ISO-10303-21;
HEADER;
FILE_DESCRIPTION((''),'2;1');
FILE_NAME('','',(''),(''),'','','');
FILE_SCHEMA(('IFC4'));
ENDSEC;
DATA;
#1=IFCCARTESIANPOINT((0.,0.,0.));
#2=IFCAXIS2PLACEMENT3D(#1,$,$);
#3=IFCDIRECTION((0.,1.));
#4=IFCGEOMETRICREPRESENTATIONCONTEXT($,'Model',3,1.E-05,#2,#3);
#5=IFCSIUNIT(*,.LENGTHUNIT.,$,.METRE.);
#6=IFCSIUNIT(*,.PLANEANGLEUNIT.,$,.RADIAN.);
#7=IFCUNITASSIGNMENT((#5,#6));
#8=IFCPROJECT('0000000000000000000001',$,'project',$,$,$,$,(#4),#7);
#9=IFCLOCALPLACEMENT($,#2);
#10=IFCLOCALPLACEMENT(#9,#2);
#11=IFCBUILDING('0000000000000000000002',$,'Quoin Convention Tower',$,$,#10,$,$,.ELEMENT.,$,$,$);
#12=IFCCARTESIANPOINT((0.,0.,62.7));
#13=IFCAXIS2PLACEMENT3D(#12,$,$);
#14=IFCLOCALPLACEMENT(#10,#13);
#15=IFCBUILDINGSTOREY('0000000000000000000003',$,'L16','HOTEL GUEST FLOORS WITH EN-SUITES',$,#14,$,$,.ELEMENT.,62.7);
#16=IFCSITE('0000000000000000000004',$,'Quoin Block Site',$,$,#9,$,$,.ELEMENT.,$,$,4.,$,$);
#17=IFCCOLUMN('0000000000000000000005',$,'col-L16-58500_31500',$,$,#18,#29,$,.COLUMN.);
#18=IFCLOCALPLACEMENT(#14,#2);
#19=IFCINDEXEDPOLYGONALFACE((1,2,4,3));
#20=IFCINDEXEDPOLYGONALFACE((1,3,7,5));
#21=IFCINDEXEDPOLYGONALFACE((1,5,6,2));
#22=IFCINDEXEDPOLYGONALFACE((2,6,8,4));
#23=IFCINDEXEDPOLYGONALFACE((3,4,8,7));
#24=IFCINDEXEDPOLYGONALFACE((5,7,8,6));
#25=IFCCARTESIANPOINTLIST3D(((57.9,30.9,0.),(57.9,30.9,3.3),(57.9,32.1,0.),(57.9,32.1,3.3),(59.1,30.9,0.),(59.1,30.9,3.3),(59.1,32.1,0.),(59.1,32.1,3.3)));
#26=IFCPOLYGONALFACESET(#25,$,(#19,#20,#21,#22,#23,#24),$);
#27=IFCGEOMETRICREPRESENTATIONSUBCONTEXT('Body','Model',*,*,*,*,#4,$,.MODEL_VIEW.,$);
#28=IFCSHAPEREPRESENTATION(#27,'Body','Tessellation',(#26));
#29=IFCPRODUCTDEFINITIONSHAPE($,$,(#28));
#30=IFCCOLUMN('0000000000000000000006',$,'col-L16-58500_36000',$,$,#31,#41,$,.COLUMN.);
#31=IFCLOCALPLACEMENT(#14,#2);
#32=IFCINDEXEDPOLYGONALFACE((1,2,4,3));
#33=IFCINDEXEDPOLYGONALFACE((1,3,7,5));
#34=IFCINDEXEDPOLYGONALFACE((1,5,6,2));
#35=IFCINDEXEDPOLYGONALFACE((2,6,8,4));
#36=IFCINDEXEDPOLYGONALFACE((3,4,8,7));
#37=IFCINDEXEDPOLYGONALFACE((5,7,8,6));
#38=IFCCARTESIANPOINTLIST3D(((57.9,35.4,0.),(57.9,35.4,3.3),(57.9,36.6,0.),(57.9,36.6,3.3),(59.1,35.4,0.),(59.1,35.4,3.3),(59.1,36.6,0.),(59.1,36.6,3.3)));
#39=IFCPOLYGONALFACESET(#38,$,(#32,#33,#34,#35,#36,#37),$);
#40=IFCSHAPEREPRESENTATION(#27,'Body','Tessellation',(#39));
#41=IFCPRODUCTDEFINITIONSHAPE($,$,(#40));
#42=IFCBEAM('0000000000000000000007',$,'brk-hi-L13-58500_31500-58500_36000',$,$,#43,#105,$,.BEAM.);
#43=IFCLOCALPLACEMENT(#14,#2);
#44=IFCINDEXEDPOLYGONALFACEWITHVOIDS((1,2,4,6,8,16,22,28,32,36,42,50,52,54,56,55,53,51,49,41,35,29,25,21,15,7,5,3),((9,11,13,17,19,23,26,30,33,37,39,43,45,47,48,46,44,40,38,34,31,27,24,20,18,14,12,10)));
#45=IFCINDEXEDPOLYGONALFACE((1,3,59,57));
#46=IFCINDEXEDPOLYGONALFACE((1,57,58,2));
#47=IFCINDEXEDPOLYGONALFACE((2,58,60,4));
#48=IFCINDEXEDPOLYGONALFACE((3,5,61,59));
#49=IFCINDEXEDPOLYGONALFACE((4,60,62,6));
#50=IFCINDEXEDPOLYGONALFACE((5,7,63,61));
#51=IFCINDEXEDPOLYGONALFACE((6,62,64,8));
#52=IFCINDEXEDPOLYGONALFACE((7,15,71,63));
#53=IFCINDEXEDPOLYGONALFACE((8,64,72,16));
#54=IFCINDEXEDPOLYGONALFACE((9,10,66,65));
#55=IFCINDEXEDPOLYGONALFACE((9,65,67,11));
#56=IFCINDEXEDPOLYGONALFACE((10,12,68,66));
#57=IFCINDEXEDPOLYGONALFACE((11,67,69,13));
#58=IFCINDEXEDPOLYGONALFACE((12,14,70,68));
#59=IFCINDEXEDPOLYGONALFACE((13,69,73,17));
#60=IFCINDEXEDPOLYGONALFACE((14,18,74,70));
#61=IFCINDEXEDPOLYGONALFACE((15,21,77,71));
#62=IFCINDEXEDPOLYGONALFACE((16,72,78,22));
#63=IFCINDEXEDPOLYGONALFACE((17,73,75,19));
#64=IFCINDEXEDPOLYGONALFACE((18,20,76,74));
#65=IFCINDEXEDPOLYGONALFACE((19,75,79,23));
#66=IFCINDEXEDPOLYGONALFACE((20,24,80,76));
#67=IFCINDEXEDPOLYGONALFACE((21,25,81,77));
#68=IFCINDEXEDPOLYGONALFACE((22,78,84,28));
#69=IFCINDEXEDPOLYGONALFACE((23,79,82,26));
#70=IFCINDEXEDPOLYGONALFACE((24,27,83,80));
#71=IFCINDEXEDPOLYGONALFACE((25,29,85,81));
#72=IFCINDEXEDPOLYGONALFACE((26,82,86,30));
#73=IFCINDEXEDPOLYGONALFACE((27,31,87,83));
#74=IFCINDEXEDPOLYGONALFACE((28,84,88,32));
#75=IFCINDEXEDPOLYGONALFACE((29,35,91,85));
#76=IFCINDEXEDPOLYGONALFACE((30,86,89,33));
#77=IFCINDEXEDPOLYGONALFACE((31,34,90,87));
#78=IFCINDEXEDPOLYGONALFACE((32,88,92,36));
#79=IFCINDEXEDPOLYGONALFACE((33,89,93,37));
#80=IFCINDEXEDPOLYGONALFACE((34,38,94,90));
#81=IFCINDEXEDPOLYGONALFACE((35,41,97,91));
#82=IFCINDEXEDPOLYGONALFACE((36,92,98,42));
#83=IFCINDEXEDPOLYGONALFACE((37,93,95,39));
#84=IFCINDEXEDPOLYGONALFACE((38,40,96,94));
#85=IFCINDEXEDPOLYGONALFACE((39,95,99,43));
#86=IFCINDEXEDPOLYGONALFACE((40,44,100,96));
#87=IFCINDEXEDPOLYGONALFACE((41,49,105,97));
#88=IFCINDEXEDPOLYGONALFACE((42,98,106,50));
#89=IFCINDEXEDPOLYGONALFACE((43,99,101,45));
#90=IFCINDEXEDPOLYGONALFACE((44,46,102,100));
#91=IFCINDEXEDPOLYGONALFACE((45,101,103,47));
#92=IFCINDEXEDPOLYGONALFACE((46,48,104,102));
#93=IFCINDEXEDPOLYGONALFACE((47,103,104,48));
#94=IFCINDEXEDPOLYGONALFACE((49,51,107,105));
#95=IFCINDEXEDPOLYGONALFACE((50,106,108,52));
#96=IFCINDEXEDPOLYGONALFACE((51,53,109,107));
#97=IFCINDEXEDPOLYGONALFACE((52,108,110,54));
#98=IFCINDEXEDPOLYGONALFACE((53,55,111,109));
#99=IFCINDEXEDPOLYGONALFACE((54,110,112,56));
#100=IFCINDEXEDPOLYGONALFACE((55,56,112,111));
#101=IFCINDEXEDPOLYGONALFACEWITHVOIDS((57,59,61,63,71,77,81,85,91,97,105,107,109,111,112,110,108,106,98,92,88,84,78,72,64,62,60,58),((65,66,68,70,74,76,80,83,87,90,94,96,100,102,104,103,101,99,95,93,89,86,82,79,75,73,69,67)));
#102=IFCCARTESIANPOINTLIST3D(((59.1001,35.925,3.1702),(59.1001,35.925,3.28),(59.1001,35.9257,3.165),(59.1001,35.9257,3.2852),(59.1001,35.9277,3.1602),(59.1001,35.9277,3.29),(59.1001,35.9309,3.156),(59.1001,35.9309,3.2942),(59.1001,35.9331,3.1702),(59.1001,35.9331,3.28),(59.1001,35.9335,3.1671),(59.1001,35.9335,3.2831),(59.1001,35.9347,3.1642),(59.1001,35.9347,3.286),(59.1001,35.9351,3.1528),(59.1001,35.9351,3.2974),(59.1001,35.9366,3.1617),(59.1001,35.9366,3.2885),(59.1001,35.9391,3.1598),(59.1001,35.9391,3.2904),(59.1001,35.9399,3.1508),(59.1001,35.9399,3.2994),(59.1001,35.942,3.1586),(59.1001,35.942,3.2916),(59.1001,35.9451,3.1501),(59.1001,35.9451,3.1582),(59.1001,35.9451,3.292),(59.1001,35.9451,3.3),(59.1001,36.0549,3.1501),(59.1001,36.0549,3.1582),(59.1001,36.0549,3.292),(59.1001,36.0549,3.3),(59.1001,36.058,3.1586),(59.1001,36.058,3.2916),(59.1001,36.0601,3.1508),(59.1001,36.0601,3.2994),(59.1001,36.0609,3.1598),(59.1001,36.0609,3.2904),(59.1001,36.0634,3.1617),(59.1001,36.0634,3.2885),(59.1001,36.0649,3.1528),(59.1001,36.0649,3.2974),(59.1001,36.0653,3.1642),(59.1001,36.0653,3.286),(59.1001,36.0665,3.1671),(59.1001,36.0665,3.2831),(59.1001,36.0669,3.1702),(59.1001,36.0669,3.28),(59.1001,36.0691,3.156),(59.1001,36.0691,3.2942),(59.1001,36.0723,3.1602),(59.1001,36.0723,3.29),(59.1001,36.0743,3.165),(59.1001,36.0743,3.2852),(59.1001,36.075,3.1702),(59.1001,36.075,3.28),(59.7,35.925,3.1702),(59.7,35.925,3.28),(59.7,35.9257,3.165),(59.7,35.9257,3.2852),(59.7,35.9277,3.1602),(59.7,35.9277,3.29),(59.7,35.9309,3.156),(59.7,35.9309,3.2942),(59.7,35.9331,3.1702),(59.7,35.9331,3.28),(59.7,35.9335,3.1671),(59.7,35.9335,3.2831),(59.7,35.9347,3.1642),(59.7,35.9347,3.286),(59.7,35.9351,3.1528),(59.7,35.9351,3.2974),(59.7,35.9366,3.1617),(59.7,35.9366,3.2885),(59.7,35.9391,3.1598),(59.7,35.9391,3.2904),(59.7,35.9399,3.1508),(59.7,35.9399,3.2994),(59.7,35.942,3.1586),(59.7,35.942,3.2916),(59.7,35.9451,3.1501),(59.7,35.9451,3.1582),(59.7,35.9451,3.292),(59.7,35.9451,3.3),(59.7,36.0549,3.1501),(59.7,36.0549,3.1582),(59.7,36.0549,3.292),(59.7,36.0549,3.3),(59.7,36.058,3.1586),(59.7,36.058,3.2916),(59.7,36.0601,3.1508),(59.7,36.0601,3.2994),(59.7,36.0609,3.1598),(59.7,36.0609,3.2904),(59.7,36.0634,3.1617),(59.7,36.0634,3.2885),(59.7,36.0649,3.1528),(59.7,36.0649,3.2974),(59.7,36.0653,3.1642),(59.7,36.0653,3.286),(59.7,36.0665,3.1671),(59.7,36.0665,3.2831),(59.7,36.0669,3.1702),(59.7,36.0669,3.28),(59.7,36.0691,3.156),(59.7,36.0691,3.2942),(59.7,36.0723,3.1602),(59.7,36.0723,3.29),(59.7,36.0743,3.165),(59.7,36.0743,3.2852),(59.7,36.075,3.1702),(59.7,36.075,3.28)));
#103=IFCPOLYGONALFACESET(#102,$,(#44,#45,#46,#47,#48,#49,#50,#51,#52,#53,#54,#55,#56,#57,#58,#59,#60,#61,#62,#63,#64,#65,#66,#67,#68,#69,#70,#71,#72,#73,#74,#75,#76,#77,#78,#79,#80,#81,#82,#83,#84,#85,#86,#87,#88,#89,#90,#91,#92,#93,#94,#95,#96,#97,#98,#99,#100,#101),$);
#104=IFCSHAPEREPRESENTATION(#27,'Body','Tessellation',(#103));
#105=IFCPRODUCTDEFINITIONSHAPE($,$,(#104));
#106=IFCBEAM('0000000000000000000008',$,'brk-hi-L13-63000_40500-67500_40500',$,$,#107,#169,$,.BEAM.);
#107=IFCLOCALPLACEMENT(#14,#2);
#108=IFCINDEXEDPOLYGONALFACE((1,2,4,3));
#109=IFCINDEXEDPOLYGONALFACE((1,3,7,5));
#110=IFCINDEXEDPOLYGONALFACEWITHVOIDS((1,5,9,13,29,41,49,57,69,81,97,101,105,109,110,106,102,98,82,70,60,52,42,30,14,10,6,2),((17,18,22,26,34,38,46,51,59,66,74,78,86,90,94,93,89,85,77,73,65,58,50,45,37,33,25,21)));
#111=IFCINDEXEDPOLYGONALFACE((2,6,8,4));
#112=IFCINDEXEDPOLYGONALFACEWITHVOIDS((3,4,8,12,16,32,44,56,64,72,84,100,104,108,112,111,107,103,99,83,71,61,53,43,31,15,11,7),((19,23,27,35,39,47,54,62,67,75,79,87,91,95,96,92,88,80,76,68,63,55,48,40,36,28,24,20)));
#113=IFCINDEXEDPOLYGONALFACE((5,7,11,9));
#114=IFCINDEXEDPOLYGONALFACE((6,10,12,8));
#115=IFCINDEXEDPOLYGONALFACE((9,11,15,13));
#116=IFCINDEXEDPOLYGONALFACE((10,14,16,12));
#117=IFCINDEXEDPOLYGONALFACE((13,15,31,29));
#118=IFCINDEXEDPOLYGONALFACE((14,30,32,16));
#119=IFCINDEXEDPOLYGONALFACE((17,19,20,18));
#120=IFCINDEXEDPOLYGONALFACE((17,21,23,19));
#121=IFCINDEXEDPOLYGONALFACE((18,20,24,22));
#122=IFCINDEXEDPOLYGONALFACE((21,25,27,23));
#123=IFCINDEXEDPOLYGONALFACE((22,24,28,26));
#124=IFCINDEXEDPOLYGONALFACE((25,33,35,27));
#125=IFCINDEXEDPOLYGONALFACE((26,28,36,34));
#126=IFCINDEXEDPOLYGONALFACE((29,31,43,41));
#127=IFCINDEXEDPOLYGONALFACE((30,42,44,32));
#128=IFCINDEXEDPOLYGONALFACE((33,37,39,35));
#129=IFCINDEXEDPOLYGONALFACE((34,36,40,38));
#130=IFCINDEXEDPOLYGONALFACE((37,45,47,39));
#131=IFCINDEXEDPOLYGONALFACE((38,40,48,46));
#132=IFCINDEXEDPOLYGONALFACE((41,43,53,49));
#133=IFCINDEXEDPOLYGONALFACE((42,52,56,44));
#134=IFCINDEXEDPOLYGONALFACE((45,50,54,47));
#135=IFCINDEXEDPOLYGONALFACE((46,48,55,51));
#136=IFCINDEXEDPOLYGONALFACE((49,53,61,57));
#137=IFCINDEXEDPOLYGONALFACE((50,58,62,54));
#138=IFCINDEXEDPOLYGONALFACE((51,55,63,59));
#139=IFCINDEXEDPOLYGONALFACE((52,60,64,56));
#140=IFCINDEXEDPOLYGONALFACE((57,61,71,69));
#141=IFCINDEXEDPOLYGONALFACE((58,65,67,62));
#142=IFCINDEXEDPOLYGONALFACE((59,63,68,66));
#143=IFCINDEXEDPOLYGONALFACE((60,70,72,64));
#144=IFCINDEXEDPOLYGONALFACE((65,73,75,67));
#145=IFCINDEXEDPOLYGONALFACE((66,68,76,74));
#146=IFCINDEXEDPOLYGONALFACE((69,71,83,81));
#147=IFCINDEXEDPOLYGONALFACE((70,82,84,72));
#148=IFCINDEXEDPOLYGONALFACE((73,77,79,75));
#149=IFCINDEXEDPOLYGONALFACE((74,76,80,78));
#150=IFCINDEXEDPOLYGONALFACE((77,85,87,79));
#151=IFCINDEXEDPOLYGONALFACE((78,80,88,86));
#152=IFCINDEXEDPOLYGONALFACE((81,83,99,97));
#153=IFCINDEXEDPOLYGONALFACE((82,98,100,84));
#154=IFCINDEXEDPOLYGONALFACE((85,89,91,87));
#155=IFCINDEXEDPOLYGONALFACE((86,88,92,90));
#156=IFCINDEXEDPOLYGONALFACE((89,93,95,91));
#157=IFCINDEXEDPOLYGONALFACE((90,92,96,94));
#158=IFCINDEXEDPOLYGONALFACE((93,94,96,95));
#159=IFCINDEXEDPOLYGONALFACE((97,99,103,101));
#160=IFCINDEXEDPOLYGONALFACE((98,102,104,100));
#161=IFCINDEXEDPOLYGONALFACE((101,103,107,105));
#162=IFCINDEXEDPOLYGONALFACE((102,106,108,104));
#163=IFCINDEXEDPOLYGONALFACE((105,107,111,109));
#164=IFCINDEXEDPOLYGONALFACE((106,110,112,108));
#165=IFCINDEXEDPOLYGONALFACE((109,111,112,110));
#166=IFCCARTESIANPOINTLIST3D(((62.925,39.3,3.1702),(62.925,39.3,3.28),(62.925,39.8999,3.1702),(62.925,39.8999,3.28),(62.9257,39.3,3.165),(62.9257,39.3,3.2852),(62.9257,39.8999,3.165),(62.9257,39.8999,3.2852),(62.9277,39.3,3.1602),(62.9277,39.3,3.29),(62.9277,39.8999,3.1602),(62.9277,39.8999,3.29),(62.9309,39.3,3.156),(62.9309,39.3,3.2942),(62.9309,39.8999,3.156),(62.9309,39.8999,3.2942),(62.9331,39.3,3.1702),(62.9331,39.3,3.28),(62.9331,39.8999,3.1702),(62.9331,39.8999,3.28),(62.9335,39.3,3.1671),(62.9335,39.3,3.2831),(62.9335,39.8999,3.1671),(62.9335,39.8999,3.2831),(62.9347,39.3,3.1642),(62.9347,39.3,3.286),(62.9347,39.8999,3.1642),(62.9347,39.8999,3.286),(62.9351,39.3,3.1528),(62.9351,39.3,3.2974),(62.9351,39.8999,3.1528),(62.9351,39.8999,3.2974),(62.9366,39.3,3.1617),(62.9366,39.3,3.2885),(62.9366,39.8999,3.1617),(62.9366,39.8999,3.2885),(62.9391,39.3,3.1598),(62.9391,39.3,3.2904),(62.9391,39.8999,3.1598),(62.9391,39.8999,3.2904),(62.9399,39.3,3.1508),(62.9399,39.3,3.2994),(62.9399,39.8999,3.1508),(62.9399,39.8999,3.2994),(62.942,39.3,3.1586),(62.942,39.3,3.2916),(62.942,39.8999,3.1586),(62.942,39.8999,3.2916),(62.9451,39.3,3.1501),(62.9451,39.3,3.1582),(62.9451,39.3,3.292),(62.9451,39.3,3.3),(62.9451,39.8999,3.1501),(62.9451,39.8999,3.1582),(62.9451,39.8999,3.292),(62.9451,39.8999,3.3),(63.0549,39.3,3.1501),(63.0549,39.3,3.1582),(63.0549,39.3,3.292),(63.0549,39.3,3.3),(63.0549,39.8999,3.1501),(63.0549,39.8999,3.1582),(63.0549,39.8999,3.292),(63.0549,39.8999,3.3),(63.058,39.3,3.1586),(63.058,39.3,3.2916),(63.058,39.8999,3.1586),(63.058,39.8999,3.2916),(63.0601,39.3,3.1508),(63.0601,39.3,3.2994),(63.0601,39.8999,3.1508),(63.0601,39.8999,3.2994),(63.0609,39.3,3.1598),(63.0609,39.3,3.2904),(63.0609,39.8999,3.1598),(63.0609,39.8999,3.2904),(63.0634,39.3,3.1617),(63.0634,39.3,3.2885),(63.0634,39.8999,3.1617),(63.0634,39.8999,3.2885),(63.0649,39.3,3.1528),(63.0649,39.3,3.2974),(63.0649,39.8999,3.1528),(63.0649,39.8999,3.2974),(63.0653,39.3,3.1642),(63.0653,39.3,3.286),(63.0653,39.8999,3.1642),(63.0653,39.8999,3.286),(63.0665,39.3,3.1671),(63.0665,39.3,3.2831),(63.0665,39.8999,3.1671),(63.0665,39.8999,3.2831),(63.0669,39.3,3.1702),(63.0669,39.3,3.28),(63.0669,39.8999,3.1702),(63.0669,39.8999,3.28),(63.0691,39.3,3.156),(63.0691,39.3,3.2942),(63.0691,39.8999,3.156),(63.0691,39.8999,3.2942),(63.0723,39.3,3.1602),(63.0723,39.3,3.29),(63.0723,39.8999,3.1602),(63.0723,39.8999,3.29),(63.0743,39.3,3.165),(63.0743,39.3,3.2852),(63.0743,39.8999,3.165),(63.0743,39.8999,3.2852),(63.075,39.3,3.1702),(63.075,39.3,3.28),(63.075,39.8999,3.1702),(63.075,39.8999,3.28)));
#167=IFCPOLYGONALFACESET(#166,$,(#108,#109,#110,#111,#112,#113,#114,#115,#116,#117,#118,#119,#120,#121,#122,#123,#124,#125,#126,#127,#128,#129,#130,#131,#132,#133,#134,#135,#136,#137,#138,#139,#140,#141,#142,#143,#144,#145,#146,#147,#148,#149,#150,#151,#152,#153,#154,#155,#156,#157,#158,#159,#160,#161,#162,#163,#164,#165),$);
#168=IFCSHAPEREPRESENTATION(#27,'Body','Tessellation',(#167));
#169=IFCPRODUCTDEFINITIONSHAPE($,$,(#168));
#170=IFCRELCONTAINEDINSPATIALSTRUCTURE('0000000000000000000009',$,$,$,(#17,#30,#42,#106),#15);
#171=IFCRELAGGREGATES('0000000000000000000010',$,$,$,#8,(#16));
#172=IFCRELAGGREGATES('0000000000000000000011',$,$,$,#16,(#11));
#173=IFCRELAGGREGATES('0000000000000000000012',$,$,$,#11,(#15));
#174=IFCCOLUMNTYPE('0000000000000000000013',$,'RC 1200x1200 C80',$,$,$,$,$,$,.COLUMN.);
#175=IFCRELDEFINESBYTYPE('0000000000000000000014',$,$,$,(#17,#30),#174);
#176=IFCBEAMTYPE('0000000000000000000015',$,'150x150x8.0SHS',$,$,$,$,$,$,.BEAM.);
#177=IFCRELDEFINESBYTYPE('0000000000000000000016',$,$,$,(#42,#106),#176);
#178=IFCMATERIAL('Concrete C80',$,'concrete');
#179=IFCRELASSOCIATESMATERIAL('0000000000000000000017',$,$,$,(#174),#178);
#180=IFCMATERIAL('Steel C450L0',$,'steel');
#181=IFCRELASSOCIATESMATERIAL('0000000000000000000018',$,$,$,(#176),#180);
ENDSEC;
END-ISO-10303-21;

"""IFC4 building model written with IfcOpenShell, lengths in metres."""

from ifc_helpers import new_model, si_unit, direction, frame, origin, origin_2d, place, context, subcontext, project, spatial, rectangle, hollow_rectangle, extrude, material, material_profile, profile_set, type_object, element, save


model = new_model("IFC4")

# Units and contexts
model_context = context("Model", 3, precision=1e-05, world=origin(), true_north=direction((0.0, 1.0)))
body_context = subcontext(model_context, "Body", "Model", "MODEL_VIEW")
ifc_project = project(units=[si_unit("LENGTHUNIT", "METRE"), si_unit("PLANEANGLEUNIT", "RADIAN")], contexts=[model_context])

# Site, building, storey
site_placement = place(None, origin())
site = spatial("IfcSite", under=ifc_project, at=site_placement, Name="Quoin Block Site", CompositionType="ELEMENT", RefElevation=4.0)
building_placement = place(site_placement, origin())
building = spatial("IfcBuilding", under=site, at=building_placement, Name="Quoin Convention Tower", CompositionType="ELEMENT")
storey_placement = place(building_placement, frame((0.0, 0.0, 62.7)))
storey = spatial("IfcBuildingStorey", under=building, at=storey_placement, Name="L16", Description="HOTEL GUEST FLOORS WITH EN-SUITES", CompositionType="ELEMENT", Elevation=62.7)

# Columns
ifc_material_1 = material(Name="Concrete C80", Category="concrete")
ifc_material_profile_1 = material_profile(ifc_material_1, rectangle(XDim=1.2, YDim=1.2, at=origin_2d()), Name="RC 1200x1200")
ifc_profile_set_1 = profile_set([ifc_material_profile_1], Name="Concrete C80")
column_type = type_object("IfcColumnType", Name="RC 1200x1200 C80", PredefinedType="COLUMN", material=ifc_profile_set_1)
for number, where, z_axis, x_axis, name in (
    (1, (58.5, 31.5, 0.0), (0.0, 0.0, 1.0), (1.0, 0.0, 0.0), "col-L16-58500_31500"),
    (2, (58.5, 36.0, 0.0), (0.0, 0.0, 1.0), (1.0, 0.0, 0.0), "col-L16-58500_36000"),
):
    element("IfcColumn", number, at=place(storey_placement, frame(where, z_axis=z_axis, x_axis=x_axis)), inside=storey, type_object=column_type, Name=name, PredefinedType="COLUMN", context=body_context, shape_type="SweptSolid", body=[
        extrude(rectangle(XDim=1.2, YDim=1.2, at=origin_2d()), origin(), (0.0, 0.0, 1.0), 3.3),
    ])

# Beams
ifc_material_2 = material(Name="Steel C450L0", Category="steel")
ifc_material_profile_2 = material_profile(ifc_material_2, hollow_rectangle(XDim=0.1499, YDim=0.1499, WallThickness=0.0081, InnerFilletRadius=0.012, OuterFilletRadius=0.02, at=origin_2d()), Name="150x150x8.0SHS")
ifc_profile_set_2 = profile_set([ifc_material_profile_2], Name="Steel C450L0")
beam_type_1 = type_object("IfcBeamType", Name="150x150x8.0SHS", PredefinedType="BEAM", material=ifc_profile_set_2)
for number, where, z_axis, x_axis, name in (
    (3, (59.1001, 36.0, 3.2251), (1.0, 0.0, 0.0), (0.0, 1.0, 0.0), "brk-hi-L13-58500_31500-58500_36000"),
    (4, (63.0, 39.8999, 3.2251), (0.0, -1.0, 0.0), (1.0, 0.0, 0.0), "brk-hi-L13-63000_40500-67500_40500"),
):
    element("IfcBeam", number, at=place(storey_placement, frame(where, z_axis=z_axis, x_axis=x_axis)), inside=storey, type_object=beam_type_1, Name=name, PredefinedType="BEAM", context=body_context, shape_type="SweptSolid", body=[
        extrude(hollow_rectangle(XDim=0.1499, YDim=0.1499, WallThickness=0.0081, InnerFilletRadius=0.012, OuterFilletRadius=0.02, at=origin_2d()), origin(), (0.0, 0.0, 1.0), 0.5999),
    ])

save(model, "model.ifc")
